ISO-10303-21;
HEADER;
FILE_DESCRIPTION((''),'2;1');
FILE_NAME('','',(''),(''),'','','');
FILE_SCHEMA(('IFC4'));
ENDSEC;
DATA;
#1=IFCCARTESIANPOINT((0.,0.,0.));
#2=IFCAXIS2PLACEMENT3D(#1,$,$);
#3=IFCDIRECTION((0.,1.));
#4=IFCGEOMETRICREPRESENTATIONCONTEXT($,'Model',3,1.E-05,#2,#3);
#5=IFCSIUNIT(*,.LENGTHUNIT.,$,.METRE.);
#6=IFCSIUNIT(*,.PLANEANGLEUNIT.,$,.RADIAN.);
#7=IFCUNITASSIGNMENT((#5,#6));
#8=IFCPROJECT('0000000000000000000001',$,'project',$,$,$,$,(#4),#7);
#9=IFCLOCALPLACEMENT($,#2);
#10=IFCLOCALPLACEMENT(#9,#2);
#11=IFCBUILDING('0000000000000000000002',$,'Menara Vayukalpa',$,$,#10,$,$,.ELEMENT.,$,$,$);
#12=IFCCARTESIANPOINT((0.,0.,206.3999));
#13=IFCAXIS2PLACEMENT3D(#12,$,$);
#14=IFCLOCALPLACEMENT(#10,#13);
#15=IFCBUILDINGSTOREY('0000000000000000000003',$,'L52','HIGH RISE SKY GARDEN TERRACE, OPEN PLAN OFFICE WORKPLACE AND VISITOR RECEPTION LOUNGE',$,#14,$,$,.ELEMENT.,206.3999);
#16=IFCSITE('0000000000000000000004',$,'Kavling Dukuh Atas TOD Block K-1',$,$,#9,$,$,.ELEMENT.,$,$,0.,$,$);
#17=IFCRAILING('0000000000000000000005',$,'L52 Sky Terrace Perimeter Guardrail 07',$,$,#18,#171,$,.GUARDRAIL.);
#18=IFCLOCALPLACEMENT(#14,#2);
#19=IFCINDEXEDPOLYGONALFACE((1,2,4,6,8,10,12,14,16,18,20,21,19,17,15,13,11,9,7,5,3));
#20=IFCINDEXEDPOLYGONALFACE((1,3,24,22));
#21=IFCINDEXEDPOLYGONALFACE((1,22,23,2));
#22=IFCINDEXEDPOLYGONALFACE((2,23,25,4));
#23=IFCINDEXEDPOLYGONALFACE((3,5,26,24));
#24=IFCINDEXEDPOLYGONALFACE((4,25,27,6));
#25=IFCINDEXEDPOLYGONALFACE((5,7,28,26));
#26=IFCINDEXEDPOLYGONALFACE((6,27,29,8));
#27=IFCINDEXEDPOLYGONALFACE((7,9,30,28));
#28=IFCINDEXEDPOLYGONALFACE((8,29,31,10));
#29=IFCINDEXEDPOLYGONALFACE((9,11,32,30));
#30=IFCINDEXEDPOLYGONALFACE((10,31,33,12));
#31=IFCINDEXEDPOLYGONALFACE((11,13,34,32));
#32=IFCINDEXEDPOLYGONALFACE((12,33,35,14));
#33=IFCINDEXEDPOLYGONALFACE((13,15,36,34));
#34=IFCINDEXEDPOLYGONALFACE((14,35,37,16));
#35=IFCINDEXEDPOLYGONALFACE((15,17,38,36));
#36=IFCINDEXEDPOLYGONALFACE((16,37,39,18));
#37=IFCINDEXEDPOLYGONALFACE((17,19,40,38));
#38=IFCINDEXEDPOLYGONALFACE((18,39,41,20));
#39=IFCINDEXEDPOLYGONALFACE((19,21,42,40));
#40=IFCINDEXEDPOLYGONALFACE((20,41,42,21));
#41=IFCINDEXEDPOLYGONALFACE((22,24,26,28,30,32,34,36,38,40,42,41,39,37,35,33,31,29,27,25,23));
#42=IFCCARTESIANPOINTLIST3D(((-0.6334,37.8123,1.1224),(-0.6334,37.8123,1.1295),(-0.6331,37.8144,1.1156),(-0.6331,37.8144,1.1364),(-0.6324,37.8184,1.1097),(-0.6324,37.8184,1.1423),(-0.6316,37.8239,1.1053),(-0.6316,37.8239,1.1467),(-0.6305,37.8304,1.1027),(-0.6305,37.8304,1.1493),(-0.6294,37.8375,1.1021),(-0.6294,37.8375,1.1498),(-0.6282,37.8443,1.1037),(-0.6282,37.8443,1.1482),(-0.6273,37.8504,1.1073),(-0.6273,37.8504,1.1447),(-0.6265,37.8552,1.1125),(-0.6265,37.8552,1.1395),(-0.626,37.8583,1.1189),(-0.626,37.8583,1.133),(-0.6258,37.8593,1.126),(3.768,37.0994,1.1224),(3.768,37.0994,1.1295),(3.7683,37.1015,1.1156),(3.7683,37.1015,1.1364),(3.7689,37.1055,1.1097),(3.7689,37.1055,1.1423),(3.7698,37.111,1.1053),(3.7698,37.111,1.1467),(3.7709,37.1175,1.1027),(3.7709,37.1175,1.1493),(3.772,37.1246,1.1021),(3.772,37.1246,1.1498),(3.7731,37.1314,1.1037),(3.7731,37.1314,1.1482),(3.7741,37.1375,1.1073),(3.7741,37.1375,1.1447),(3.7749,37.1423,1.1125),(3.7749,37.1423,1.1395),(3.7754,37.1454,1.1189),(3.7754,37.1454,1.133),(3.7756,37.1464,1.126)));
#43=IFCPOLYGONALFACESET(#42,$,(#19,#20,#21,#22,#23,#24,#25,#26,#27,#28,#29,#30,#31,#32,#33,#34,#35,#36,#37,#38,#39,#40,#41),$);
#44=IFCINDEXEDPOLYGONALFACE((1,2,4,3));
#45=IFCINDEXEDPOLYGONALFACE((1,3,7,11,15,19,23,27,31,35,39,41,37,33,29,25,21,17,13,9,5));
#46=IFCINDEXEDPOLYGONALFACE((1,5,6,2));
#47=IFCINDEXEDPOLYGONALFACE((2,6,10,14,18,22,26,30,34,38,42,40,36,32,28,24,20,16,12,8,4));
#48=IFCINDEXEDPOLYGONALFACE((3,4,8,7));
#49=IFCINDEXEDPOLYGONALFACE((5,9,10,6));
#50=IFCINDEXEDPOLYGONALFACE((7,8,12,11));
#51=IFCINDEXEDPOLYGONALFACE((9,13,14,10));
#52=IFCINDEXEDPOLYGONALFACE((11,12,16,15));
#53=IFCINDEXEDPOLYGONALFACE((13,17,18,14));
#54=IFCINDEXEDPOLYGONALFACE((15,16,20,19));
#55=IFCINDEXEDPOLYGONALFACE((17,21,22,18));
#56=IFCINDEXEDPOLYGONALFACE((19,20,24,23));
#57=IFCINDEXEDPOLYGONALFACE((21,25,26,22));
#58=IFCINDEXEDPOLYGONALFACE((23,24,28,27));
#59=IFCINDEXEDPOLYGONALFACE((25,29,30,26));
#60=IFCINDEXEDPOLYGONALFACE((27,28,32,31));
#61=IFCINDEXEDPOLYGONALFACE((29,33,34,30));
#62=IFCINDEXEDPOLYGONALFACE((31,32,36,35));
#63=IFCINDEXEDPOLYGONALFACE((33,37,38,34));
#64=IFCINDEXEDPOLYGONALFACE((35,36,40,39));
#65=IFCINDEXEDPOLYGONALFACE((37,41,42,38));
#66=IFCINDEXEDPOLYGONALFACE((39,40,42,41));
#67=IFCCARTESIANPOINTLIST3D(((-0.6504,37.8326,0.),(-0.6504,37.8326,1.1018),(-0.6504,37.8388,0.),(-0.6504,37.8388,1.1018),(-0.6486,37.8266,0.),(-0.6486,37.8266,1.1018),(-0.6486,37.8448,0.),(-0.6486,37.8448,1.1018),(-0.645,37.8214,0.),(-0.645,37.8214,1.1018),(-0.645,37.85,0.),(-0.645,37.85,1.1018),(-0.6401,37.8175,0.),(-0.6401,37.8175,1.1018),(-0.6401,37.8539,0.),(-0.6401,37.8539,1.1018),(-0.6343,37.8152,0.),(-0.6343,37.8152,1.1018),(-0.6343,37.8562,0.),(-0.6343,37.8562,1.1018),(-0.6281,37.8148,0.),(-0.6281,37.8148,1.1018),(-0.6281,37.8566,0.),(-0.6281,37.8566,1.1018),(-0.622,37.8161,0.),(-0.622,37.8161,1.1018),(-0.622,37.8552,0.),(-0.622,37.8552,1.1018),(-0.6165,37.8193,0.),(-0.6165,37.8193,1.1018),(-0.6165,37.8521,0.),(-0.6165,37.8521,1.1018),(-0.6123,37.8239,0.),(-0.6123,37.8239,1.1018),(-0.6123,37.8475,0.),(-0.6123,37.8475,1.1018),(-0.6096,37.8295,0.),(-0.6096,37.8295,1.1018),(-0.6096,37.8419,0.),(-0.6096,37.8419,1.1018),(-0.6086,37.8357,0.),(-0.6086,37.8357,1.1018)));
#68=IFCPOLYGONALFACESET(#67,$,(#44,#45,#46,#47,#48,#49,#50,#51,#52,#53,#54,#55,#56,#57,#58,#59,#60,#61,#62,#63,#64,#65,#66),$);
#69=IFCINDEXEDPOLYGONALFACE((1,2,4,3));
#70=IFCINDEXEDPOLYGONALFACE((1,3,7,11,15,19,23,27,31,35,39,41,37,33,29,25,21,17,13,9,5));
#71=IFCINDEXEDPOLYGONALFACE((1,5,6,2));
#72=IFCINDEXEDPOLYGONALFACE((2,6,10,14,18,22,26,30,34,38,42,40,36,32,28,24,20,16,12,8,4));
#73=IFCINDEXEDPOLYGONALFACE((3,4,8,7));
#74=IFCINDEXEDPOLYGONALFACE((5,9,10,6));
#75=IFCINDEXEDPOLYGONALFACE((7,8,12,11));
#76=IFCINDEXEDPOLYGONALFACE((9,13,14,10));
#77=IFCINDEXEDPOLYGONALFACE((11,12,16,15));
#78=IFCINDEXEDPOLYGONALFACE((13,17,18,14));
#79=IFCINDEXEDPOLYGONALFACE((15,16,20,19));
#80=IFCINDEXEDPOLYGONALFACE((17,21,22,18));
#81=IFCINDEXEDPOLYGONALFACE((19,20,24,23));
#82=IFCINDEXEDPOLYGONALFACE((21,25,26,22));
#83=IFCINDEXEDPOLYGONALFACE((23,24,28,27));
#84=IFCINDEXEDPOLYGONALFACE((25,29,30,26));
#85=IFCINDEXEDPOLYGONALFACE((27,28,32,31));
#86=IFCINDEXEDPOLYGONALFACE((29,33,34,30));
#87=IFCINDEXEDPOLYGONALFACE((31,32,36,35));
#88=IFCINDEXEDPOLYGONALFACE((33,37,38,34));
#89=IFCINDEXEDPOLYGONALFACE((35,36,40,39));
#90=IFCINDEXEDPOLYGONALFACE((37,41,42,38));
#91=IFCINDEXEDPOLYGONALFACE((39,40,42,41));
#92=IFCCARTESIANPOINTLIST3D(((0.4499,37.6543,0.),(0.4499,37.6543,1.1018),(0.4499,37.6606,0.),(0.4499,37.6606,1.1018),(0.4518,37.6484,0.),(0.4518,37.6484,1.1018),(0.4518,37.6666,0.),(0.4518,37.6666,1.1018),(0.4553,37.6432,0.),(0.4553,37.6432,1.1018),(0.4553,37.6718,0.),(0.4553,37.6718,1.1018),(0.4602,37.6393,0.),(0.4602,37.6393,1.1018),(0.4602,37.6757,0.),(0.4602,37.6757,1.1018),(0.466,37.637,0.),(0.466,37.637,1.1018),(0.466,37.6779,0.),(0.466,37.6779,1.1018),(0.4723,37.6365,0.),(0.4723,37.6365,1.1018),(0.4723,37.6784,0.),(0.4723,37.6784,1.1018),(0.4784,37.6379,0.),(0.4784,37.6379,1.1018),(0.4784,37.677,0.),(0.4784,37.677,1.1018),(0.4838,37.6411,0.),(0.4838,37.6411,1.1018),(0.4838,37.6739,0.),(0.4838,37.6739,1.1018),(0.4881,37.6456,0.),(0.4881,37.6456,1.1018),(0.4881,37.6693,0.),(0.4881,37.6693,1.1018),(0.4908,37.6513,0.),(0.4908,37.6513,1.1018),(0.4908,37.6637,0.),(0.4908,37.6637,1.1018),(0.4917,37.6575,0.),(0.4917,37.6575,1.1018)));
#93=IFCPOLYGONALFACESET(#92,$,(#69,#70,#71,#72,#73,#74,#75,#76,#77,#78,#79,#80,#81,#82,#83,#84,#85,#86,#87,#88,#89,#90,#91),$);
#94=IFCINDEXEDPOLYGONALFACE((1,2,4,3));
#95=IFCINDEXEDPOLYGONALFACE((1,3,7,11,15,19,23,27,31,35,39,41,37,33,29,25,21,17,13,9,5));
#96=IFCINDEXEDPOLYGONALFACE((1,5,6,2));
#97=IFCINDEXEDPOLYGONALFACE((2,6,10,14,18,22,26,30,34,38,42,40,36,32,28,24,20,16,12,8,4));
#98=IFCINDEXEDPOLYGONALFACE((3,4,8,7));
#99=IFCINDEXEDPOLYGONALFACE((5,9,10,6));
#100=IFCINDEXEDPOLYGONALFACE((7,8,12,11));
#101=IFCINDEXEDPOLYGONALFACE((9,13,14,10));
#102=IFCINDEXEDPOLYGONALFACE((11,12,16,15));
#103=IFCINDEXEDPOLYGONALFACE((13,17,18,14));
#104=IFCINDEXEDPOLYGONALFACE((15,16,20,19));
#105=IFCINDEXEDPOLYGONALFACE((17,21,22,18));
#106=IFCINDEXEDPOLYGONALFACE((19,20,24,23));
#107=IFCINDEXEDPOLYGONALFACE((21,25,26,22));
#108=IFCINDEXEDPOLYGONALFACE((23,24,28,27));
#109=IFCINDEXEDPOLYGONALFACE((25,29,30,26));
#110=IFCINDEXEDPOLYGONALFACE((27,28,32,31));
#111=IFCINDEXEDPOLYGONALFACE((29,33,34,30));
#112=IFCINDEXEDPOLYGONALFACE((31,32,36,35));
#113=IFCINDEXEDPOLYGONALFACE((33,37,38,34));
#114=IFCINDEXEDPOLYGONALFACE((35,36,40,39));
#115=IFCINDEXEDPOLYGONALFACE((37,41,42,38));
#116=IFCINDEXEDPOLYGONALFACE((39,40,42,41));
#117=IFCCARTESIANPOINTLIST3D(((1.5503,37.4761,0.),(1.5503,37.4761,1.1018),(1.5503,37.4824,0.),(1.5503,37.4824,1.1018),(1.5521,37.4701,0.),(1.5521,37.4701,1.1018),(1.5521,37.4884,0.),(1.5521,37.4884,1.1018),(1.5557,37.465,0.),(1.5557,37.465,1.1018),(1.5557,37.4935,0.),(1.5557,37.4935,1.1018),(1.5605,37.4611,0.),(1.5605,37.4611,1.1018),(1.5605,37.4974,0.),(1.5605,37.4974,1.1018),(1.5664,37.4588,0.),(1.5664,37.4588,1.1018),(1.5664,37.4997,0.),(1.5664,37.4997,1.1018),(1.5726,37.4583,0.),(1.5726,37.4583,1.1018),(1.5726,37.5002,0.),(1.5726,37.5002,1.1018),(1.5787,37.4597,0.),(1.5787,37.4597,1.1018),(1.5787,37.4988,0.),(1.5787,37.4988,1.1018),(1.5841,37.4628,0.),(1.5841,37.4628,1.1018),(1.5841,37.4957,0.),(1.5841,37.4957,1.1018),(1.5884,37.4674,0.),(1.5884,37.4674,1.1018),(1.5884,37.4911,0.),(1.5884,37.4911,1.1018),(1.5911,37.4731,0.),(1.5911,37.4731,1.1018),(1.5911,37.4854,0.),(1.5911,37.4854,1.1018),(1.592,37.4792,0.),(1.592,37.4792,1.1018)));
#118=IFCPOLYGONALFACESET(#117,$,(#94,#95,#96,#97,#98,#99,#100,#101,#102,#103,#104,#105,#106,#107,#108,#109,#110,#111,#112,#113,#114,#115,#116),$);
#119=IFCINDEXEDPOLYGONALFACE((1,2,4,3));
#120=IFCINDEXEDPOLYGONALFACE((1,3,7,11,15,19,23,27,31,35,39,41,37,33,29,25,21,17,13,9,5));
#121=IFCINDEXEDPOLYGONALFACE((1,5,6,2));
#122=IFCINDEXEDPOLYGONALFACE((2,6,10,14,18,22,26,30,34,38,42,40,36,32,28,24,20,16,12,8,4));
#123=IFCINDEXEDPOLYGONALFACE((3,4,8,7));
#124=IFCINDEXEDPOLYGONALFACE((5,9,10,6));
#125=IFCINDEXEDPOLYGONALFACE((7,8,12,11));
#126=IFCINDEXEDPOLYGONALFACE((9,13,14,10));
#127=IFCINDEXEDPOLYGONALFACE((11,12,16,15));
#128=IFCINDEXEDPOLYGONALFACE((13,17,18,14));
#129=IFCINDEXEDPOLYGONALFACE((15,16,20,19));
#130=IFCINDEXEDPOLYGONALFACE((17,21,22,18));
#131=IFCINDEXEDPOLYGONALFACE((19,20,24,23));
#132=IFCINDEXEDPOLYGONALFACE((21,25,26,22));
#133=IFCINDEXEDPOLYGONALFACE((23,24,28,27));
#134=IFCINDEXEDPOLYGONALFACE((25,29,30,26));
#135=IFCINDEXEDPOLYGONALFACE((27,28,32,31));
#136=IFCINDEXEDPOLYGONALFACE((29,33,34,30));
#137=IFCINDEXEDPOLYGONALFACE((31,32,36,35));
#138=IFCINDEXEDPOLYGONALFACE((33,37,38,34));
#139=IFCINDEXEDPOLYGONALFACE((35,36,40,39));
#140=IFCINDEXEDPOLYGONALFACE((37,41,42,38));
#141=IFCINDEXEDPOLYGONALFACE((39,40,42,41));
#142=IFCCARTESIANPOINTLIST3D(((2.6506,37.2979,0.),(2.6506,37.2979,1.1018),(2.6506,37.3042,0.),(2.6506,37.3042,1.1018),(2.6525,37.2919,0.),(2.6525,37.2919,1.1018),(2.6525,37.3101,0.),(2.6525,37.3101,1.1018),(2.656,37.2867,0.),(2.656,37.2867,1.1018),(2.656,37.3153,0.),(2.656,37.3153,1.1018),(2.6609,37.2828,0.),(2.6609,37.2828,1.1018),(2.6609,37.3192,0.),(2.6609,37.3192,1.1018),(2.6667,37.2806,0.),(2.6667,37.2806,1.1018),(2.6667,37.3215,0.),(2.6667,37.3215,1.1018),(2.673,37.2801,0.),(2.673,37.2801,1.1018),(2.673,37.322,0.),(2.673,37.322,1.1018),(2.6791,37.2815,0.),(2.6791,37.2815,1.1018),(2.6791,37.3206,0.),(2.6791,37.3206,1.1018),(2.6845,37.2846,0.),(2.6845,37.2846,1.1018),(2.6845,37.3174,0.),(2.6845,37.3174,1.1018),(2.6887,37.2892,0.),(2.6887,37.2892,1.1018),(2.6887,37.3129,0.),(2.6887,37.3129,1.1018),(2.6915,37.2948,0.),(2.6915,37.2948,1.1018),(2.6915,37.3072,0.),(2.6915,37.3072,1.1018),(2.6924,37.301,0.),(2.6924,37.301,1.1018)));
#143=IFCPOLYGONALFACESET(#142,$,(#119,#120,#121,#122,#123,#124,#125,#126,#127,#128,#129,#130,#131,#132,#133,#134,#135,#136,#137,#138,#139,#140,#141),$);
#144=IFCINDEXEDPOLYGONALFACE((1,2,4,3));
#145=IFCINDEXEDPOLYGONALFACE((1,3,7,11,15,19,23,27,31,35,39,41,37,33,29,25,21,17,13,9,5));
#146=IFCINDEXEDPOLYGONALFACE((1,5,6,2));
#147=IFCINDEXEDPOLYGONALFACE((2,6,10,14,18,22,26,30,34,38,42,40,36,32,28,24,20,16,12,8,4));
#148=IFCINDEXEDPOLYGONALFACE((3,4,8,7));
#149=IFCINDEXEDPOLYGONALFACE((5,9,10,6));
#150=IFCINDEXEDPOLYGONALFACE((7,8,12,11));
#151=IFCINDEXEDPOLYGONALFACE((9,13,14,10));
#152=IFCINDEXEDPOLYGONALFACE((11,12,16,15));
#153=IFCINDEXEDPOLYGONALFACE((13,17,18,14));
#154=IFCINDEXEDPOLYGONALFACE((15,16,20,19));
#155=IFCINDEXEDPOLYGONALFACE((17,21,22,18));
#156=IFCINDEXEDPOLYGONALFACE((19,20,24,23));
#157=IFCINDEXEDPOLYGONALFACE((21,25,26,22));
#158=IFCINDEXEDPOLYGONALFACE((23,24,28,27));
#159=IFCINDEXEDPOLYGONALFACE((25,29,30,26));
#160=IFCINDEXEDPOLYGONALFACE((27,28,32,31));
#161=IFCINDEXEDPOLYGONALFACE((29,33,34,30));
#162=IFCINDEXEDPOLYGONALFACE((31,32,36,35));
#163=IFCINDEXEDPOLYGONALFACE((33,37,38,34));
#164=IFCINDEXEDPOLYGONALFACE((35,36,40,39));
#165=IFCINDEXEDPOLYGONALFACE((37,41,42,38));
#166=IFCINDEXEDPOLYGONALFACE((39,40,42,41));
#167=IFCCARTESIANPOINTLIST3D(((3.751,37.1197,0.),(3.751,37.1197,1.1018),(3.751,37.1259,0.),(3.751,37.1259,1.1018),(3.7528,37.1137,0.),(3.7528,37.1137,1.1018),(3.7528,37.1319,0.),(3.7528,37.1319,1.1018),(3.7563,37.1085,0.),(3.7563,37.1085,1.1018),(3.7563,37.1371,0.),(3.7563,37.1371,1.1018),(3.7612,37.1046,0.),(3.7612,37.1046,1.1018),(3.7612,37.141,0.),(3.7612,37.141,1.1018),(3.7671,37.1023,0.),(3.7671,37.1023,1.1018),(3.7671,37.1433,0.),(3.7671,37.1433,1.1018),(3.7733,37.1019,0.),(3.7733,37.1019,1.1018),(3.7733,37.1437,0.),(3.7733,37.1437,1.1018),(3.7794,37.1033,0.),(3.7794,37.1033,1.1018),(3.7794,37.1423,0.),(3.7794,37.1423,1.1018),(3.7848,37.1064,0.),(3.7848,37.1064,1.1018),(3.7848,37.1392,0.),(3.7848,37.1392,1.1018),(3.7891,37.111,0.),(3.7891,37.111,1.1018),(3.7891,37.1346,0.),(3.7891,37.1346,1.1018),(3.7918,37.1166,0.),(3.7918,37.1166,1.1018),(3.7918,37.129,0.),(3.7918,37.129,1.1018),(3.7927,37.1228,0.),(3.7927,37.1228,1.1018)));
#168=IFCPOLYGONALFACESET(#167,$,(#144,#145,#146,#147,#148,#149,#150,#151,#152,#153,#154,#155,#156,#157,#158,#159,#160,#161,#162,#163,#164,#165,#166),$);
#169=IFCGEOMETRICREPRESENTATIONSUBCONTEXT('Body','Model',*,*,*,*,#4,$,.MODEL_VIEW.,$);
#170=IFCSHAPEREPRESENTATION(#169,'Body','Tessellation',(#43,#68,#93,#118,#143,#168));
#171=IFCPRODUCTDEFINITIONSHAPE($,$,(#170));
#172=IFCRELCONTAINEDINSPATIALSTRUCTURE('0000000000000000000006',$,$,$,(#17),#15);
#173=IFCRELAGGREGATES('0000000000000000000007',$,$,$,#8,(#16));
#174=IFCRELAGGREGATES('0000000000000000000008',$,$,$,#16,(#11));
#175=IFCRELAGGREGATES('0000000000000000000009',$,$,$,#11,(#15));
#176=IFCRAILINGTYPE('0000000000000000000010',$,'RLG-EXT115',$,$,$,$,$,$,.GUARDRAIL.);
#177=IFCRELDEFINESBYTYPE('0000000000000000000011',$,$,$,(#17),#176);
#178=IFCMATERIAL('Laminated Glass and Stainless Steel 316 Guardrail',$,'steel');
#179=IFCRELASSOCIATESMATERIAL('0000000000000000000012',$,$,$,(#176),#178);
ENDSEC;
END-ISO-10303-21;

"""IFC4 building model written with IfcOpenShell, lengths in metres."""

from ifc_helpers import new_model, si_unit, direction, frame, origin, origin_2d, place, context, subcontext, project, spatial, circle, extrude, material, type_object, element, save


model = new_model("IFC4")

# Units and contexts
model_context = context("Model", 3, precision=1e-05, world=origin(), true_north=direction((0.0, 1.0)))
body_context = subcontext(model_context, "Body", "Model", "MODEL_VIEW")
ifc_project = project(units=[si_unit("LENGTHUNIT", "METRE"), si_unit("PLANEANGLEUNIT", "RADIAN")], contexts=[model_context])

# Site, building, storey
site_placement = place(None, origin())
site = spatial("IfcSite", under=ifc_project, at=site_placement, Name="Kavling Dukuh Atas TOD Block K-1", CompositionType="ELEMENT", RefElevation=0.0)
building_placement = place(site_placement, origin())
building = spatial("IfcBuilding", under=site, at=building_placement, Name="Menara Vayukalpa", CompositionType="ELEMENT")
storey_placement = place(building_placement, frame((0.0, 0.0, 206.3999)))
storey = spatial("IfcBuildingStorey", under=building, at=storey_placement, Name="L52", Description="HIGH RISE SKY GARDEN TERRACE, OPEN PLAN OFFICE WORKPLACE AND VISITOR RECEPTION LOUNGE", CompositionType="ELEMENT", Elevation=206.3999)

# Railing
ifc_material_1 = material(Name="Laminated Glass and Stainless Steel 316 Guardrail", Category="steel")
railing_type = type_object("IfcRailingType", Name="RLG-EXT115", PredefinedType="GUARDRAIL", material=ifc_material_1)
railing_1_placement = place(storey_placement, frame((-0.6296, 37.8357, 0.0)))
element("IfcRailing", 1, at=railing_1_placement, inside=storey, type_object=railing_type, Name="L52 Sky Terrace Perimeter Guardrail 07", PredefinedType="GUARDRAIL", context=body_context, shape_type="SweptSolid", body=[
    extrude(circle(Radius=0.0239, at=origin_2d()), frame((0.0, 0.0, 1.126), z_axis=(0.987135, -0.159887, 0.0), x_axis=(0.159887, 0.987135, 0.0)), (0.0, 0.0, 1.0), 4.4587),
    extrude(circle(Radius=0.021, at=origin_2d()), origin(), (0.0, 0.0, 1.0), 1.1018),
    extrude(circle(Radius=0.021, at=origin_2d()), frame((1.1003, -0.1782, 0.0)), (0.0, 0.0, 1.0), 1.1018),
    extrude(circle(Radius=0.021, at=origin_2d()), frame((2.2007, -0.3564, 0.0)), (0.0, 0.0, 1.0), 1.1018),
    extrude(circle(Radius=0.021, at=origin_2d()), frame((3.301, -0.5347, 0.0)), (0.0, 0.0, 1.0), 1.1018),
    extrude(circle(Radius=0.021, at=origin_2d()), frame((4.4014, -0.7129, 0.0)), (0.0, 0.0, 1.0), 1.1018),
])

save(model, "model.ifc")
